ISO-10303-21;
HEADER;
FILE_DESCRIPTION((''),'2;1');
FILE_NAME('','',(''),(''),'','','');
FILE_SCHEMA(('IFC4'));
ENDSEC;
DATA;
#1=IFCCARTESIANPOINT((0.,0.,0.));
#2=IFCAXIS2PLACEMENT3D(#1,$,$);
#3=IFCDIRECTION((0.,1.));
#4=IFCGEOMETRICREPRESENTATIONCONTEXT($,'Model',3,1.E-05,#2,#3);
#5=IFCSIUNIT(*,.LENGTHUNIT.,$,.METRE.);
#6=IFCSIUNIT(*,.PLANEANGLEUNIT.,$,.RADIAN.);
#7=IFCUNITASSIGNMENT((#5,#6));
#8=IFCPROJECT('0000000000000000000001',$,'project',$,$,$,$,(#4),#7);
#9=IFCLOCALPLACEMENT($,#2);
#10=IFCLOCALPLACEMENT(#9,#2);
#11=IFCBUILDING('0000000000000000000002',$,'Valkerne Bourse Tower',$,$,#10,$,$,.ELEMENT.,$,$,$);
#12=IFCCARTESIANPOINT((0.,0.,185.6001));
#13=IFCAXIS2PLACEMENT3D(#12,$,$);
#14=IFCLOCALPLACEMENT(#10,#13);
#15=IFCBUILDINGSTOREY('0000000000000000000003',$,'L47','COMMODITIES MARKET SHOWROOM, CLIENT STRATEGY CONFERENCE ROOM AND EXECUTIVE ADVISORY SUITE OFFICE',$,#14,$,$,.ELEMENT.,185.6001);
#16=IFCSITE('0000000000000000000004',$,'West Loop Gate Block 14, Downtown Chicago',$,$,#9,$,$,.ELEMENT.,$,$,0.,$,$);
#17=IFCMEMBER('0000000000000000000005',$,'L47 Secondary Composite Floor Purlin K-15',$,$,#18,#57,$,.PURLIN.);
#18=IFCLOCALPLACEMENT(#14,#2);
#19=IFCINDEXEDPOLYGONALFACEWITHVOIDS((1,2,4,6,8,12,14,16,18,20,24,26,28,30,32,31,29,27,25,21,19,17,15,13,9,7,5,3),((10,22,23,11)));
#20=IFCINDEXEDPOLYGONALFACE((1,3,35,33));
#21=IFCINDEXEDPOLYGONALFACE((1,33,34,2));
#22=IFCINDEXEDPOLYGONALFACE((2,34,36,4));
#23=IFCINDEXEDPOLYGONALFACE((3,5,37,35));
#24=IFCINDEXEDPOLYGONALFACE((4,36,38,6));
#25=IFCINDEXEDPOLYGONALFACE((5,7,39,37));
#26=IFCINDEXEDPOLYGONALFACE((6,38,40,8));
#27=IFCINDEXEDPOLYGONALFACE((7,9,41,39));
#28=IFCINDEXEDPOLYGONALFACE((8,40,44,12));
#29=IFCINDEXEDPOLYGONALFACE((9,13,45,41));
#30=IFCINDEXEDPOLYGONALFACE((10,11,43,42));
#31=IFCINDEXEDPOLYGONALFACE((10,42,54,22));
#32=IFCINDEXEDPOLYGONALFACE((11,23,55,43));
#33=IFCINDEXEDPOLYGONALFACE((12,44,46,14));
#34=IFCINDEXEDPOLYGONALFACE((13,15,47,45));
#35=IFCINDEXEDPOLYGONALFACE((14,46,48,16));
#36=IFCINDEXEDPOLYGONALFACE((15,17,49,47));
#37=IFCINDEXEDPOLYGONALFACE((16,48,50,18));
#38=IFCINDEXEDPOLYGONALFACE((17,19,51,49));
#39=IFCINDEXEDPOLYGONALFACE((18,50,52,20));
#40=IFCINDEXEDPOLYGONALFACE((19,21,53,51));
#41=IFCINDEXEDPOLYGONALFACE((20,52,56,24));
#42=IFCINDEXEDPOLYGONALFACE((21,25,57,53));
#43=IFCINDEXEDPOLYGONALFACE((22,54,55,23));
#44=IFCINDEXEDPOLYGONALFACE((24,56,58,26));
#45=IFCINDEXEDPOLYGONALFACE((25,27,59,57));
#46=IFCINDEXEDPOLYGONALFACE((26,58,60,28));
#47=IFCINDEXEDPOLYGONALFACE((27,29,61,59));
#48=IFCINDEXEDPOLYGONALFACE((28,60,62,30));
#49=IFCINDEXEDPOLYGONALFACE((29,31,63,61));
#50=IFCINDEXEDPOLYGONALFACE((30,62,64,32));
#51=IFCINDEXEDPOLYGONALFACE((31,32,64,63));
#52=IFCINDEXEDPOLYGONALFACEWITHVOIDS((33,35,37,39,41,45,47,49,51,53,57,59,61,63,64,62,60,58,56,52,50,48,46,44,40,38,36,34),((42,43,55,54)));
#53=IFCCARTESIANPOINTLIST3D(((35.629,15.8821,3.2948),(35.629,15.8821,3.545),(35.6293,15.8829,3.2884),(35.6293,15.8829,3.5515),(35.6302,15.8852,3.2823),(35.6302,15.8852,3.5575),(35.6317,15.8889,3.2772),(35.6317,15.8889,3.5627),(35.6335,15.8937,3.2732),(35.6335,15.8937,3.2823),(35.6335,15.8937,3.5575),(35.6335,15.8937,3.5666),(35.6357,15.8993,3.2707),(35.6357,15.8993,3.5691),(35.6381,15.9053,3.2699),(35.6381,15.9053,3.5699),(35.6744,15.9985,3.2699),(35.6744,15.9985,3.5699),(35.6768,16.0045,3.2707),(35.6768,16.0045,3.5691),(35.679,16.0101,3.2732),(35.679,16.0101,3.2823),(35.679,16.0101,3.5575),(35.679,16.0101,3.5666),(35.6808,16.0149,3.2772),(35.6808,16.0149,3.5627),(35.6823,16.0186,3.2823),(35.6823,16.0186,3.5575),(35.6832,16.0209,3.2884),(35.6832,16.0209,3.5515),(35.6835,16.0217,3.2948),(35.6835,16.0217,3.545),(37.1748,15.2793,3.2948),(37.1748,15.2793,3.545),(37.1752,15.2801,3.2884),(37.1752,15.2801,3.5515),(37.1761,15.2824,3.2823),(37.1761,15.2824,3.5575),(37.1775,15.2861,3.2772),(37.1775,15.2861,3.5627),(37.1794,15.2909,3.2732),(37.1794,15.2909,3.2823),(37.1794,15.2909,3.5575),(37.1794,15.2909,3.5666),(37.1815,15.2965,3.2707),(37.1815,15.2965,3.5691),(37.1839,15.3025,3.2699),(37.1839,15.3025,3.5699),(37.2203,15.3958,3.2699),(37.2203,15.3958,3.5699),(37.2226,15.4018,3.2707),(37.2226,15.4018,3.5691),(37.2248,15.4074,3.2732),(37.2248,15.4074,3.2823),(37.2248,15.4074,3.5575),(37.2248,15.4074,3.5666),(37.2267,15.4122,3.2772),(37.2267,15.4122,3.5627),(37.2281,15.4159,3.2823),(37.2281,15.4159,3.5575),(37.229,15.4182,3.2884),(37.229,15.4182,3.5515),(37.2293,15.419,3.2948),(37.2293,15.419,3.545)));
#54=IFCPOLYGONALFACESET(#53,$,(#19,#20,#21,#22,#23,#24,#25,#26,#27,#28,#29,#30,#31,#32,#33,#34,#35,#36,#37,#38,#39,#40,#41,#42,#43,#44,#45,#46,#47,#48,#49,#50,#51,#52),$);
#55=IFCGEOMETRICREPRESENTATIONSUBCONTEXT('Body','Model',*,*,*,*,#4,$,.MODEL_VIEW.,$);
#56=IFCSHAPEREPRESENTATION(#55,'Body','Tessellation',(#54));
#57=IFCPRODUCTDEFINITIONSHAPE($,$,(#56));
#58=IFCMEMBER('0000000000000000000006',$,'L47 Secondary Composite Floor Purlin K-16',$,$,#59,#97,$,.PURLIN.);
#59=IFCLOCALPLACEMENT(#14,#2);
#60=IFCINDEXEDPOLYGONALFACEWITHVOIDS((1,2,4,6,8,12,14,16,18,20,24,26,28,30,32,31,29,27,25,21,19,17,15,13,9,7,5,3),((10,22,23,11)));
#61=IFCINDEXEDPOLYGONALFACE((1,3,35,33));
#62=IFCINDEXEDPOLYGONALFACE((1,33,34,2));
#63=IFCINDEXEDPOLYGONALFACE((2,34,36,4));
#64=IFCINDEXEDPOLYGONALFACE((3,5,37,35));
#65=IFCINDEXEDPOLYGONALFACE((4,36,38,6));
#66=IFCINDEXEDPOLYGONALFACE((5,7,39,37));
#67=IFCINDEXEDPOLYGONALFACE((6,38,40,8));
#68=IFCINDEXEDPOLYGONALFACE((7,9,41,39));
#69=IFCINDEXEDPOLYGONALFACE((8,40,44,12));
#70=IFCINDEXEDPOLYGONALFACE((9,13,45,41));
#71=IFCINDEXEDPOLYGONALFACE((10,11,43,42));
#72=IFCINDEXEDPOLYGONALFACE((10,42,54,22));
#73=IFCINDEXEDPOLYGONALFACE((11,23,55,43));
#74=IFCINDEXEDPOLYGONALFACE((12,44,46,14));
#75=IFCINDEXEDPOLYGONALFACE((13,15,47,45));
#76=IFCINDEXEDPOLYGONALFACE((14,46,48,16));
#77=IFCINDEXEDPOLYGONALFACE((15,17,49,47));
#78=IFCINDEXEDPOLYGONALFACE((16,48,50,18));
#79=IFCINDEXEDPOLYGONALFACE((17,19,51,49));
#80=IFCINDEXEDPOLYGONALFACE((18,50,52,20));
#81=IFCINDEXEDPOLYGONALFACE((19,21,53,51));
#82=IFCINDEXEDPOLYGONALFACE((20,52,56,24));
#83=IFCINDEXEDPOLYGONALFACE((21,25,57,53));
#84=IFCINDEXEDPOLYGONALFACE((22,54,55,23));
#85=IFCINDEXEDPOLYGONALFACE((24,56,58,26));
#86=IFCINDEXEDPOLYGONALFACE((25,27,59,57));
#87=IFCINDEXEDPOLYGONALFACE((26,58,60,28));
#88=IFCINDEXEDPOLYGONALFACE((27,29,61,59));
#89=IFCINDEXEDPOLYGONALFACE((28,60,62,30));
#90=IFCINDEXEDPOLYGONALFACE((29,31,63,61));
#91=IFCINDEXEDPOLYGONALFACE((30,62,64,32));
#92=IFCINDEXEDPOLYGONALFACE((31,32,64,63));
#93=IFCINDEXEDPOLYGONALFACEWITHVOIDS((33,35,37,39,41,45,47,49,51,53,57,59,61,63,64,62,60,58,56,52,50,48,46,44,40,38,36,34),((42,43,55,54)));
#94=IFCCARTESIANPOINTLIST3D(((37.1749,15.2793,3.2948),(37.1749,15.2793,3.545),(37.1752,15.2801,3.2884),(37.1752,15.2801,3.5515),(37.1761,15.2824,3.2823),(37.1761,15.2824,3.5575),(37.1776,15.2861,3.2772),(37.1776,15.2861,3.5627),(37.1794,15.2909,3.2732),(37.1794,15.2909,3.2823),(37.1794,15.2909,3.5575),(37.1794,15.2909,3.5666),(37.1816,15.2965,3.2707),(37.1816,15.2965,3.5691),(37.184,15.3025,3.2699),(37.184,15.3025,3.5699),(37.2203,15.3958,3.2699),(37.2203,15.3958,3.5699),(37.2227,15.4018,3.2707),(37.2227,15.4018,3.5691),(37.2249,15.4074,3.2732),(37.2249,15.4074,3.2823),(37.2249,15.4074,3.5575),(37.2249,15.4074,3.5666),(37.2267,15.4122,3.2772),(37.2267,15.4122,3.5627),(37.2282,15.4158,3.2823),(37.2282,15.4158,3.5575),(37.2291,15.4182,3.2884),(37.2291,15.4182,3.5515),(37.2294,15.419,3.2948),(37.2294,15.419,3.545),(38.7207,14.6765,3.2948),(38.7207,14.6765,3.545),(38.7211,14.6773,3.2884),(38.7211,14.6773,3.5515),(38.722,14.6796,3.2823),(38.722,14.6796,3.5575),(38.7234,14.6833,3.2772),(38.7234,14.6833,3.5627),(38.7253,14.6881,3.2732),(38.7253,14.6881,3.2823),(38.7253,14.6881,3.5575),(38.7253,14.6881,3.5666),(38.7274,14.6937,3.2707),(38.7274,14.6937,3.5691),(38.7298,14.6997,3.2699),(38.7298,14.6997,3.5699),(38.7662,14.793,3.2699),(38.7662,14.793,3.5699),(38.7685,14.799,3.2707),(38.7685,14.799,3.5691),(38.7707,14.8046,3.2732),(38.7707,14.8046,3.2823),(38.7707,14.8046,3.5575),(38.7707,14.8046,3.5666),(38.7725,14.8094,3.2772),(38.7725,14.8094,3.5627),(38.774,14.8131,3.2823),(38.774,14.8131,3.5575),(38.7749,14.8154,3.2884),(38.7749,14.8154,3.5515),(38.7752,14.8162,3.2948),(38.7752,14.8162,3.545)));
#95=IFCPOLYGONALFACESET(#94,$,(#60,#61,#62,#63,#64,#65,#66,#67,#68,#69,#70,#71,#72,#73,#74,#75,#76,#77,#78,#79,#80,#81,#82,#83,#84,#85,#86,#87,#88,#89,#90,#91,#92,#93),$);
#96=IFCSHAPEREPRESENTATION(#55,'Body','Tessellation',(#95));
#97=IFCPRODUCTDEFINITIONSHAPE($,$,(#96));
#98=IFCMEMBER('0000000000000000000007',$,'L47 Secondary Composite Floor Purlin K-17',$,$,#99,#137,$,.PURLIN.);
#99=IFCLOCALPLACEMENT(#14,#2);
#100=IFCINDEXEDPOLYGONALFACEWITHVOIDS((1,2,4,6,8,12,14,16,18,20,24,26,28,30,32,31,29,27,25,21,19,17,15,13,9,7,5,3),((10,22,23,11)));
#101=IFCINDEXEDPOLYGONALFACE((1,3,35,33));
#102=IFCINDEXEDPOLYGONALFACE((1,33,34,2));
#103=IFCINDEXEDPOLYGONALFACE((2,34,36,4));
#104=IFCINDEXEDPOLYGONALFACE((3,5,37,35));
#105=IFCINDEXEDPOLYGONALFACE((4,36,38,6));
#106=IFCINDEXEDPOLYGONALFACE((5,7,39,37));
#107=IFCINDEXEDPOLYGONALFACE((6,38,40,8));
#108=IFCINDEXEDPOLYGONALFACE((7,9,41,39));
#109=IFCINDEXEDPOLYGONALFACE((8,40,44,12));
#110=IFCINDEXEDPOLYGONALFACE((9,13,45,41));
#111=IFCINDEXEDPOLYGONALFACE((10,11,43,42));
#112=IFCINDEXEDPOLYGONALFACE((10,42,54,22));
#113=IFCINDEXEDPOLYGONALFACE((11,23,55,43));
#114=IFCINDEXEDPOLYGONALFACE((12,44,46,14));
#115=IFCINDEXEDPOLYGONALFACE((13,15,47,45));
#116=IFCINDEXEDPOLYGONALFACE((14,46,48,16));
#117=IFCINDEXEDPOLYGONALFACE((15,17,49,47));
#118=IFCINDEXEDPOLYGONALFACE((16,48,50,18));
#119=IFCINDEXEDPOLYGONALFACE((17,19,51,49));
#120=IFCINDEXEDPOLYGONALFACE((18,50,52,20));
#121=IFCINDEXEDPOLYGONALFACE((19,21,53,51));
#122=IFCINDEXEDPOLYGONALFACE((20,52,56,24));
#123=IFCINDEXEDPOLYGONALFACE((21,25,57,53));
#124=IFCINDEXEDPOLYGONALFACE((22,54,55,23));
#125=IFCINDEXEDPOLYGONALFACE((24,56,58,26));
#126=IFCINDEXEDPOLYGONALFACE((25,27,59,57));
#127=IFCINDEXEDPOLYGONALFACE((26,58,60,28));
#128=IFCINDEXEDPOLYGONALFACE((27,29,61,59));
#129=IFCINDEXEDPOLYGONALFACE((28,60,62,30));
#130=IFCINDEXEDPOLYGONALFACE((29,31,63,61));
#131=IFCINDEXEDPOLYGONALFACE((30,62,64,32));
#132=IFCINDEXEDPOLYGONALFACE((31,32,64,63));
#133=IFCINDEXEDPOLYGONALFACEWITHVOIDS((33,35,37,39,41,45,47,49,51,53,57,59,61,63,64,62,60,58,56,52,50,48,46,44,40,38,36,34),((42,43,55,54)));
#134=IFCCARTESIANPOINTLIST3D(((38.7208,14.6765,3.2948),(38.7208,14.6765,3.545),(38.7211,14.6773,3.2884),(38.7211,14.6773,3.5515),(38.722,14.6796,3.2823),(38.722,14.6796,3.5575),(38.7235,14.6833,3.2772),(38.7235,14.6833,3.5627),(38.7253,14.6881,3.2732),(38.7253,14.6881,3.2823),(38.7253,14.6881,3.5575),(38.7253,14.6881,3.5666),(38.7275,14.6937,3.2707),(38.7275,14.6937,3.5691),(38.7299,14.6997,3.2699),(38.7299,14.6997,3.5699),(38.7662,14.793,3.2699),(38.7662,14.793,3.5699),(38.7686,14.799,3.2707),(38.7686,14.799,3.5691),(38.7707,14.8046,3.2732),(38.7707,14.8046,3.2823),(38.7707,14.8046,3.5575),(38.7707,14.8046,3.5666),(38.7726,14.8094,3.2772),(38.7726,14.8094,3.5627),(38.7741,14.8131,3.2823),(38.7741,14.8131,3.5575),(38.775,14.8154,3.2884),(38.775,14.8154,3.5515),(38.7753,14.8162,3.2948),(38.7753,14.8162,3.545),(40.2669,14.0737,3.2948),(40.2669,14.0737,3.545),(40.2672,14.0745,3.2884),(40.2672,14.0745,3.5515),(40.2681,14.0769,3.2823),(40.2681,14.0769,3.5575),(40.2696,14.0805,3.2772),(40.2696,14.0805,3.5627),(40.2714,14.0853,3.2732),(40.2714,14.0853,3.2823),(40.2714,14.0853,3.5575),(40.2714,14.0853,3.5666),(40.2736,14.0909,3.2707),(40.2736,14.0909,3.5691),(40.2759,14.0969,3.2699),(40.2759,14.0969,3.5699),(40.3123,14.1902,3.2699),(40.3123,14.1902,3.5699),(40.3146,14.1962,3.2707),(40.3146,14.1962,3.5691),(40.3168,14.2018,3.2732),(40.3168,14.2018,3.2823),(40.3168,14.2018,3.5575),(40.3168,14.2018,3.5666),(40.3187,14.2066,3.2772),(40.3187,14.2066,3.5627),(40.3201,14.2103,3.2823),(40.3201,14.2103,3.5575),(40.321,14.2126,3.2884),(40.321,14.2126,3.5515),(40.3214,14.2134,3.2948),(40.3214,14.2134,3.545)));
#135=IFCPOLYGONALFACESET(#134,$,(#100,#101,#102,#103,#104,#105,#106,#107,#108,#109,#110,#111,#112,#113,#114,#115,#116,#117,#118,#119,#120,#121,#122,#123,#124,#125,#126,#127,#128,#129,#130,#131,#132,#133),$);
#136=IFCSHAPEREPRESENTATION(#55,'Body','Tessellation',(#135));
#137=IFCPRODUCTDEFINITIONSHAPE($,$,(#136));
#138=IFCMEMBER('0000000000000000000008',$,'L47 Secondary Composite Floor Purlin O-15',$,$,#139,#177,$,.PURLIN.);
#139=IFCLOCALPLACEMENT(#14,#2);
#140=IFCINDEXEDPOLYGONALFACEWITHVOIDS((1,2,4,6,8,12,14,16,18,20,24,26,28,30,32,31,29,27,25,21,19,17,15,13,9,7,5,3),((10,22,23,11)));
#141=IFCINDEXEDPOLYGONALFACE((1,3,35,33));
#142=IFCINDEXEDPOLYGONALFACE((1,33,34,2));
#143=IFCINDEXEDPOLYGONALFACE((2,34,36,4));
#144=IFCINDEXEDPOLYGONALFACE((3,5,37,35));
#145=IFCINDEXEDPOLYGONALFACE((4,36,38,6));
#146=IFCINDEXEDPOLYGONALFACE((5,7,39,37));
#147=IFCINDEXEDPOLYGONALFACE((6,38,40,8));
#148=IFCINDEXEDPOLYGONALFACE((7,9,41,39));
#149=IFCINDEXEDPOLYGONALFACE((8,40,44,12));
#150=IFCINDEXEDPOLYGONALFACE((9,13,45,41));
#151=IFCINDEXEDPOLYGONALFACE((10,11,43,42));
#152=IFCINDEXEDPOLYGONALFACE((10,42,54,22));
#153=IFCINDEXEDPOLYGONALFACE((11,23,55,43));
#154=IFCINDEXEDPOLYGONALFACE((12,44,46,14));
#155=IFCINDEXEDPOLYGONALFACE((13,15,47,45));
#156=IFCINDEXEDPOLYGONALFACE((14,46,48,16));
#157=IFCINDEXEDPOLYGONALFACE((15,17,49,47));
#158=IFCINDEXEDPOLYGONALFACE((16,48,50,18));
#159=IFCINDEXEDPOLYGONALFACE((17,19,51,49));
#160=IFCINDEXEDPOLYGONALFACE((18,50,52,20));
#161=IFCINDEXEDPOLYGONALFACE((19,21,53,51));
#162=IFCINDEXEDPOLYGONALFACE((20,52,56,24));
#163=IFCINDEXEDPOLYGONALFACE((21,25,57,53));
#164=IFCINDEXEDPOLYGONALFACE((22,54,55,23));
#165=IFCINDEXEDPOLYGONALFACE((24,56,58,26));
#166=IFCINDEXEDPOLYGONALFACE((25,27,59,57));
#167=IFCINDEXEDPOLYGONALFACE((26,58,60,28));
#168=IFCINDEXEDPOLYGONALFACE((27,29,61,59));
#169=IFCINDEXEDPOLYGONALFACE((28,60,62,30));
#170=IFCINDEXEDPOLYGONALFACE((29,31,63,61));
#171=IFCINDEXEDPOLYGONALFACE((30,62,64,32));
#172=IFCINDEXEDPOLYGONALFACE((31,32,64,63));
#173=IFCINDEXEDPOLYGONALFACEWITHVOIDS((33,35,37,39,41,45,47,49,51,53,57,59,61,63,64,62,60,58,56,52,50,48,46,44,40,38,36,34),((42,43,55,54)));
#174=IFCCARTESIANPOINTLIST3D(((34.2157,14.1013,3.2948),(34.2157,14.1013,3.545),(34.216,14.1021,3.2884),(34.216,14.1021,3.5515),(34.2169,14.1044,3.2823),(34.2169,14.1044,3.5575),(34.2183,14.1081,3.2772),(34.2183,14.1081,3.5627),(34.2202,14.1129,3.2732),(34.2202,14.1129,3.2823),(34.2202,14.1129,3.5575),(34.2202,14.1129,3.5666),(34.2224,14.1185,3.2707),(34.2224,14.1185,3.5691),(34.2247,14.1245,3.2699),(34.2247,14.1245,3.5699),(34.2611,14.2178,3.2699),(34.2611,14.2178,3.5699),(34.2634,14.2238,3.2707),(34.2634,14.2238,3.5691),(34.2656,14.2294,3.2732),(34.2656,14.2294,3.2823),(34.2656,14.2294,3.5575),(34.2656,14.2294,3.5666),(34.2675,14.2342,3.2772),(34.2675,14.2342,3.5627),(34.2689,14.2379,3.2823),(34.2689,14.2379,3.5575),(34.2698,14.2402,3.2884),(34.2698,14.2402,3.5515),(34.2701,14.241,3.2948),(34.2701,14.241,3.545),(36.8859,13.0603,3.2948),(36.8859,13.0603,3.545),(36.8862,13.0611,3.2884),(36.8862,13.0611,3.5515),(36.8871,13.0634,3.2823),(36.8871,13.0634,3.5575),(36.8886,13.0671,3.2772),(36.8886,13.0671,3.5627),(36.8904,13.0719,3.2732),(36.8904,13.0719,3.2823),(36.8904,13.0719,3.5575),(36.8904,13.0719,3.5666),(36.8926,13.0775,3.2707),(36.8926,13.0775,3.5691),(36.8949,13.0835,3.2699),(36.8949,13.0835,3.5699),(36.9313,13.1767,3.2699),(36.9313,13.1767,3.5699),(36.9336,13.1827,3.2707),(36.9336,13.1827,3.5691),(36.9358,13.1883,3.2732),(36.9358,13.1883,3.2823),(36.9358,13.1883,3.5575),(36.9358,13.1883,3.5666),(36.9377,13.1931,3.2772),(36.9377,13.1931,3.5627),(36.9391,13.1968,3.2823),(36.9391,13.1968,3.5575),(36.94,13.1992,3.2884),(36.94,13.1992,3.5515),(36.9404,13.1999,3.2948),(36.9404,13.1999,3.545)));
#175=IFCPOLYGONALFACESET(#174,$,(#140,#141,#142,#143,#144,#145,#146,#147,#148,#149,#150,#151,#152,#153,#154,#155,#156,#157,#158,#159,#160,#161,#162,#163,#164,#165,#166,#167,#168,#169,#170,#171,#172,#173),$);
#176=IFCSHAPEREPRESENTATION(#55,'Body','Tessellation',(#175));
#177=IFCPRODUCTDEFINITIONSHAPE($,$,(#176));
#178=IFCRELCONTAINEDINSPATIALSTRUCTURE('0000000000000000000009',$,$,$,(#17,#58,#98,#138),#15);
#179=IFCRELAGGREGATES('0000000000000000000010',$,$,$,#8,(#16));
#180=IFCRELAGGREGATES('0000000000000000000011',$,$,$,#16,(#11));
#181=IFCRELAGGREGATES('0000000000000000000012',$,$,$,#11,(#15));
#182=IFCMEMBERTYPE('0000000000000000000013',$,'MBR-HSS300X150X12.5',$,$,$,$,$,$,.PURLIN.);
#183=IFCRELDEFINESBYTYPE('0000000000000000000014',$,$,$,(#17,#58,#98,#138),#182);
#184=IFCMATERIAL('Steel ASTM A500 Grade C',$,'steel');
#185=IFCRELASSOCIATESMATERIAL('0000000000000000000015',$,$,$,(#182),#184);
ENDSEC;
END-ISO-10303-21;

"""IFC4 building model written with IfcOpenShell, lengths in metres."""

from ifc_helpers import new_model, si_unit, direction, frame, origin, origin_2d, place, context, subcontext, project, spatial, hollow_rectangle, extrude, material, material_profile, profile_set, type_object, element, save


model = new_model("IFC4")

# Units and contexts
model_context = context("Model", 3, precision=1e-05, world=origin(), true_north=direction((0.0, 1.0)))
body_context = subcontext(model_context, "Body", "Model", "MODEL_VIEW")
ifc_project = project(units=[si_unit("LENGTHUNIT", "METRE"), si_unit("PLANEANGLEUNIT", "RADIAN")], contexts=[model_context])

# Site, building, storey
site_placement = place(None, origin())
site = spatial("IfcSite", under=ifc_project, at=site_placement, Name="West Loop Gate Block 14, Downtown Chicago", CompositionType="ELEMENT", RefElevation=0.0)
building_placement = place(site_placement, origin())
building = spatial("IfcBuilding", under=site, at=building_placement, Name="Valkerne Bourse Tower", CompositionType="ELEMENT")
storey_placement = place(building_placement, frame((0.0, 0.0, 185.6001)))
storey = spatial("IfcBuildingStorey", under=building, at=storey_placement, Name="L47", Description="COMMODITIES MARKET SHOWROOM, CLIENT STRATEGY CONFERENCE ROOM AND EXECUTIVE ADVISORY SUITE OFFICE", CompositionType="ELEMENT", Elevation=185.6001)

# Members
ifc_material_1 = material(Name="Steel ASTM A500 Grade C", Category="steel")
ifc_material_profile_1 = material_profile(ifc_material_1, hollow_rectangle(XDim=0.1499, YDim=0.3, WallThickness=0.0125, OuterFilletRadius=0.0249, at=origin_2d()), Name="HSS300X150X12.5")
ifc_profile_set_1 = profile_set([ifc_material_profile_1], Name="Steel ASTM A500 Grade C")
member_type_1 = type_object("IfcMemberType", Name="MBR-HSS300X150X12.5", PredefinedType="PURLIN", material=ifc_profile_set_1)
for number, where, z_axis, x_axis, name in (
    (1, (35.6562, 15.9519, 3.4199), (0.931678, -0.363284, 0.0), (0.363284, 0.931678, 0.0), "L47 Secondary Composite Floor Purlin K-15"),
    (2, (37.2021, 15.3491, 3.4199), (0.931678, -0.363284, 0.0), (0.363284, 0.931678, 0.0), "L47 Secondary Composite Floor Purlin K-16"),
):
    element("IfcMember", number, at=place(storey_placement, frame(where, z_axis=z_axis, x_axis=x_axis)), inside=storey, type_object=member_type_1, Name=name, PredefinedType="PURLIN", context=body_context, shape_type="SweptSolid", body=[
        extrude(hollow_rectangle(XDim=0.1499, YDim=0.3, WallThickness=0.0125, OuterFilletRadius=0.0249, at=origin_2d()), origin(), (0.0, 0.0, 1.0), 1.6592),
    ])
member_1_placement = place(storey_placement, frame((38.748, 14.7463, 3.4199), z_axis=(0.931698, -0.363234, 0.0), x_axis=(0.363234, 0.931698, 0.0)))
element("IfcMember", 3, at=member_1_placement, inside=storey, type_object=member_type_1, Name="L47 Secondary Composite Floor Purlin K-17", PredefinedType="PURLIN", context=body_context, shape_type="SweptSolid", body=[
    extrude(hollow_rectangle(XDim=0.1499, YDim=0.3, WallThickness=0.0125, OuterFilletRadius=0.0249, at=origin_2d()), origin(), (0.0, 0.0, 1.0), 1.6594),
])
member_2_placement = place(storey_placement, frame((34.2429, 14.1711, 3.4199), z_axis=(0.931696, -0.36324, 0.0), x_axis=(0.36324, 0.931696, 0.0)))
element("IfcMember", 4, at=member_2_placement, inside=storey, type_object=member_type_1, Name="L47 Secondary Composite Floor Purlin O-15", PredefinedType="PURLIN", context=body_context, shape_type="SweptSolid", body=[
    extrude(hollow_rectangle(XDim=0.1499, YDim=0.3, WallThickness=0.0125, OuterFilletRadius=0.0249, at=origin_2d()), origin(), (0.0, 0.0, 1.0), 2.866),
])

save(model, "model.ifc")
